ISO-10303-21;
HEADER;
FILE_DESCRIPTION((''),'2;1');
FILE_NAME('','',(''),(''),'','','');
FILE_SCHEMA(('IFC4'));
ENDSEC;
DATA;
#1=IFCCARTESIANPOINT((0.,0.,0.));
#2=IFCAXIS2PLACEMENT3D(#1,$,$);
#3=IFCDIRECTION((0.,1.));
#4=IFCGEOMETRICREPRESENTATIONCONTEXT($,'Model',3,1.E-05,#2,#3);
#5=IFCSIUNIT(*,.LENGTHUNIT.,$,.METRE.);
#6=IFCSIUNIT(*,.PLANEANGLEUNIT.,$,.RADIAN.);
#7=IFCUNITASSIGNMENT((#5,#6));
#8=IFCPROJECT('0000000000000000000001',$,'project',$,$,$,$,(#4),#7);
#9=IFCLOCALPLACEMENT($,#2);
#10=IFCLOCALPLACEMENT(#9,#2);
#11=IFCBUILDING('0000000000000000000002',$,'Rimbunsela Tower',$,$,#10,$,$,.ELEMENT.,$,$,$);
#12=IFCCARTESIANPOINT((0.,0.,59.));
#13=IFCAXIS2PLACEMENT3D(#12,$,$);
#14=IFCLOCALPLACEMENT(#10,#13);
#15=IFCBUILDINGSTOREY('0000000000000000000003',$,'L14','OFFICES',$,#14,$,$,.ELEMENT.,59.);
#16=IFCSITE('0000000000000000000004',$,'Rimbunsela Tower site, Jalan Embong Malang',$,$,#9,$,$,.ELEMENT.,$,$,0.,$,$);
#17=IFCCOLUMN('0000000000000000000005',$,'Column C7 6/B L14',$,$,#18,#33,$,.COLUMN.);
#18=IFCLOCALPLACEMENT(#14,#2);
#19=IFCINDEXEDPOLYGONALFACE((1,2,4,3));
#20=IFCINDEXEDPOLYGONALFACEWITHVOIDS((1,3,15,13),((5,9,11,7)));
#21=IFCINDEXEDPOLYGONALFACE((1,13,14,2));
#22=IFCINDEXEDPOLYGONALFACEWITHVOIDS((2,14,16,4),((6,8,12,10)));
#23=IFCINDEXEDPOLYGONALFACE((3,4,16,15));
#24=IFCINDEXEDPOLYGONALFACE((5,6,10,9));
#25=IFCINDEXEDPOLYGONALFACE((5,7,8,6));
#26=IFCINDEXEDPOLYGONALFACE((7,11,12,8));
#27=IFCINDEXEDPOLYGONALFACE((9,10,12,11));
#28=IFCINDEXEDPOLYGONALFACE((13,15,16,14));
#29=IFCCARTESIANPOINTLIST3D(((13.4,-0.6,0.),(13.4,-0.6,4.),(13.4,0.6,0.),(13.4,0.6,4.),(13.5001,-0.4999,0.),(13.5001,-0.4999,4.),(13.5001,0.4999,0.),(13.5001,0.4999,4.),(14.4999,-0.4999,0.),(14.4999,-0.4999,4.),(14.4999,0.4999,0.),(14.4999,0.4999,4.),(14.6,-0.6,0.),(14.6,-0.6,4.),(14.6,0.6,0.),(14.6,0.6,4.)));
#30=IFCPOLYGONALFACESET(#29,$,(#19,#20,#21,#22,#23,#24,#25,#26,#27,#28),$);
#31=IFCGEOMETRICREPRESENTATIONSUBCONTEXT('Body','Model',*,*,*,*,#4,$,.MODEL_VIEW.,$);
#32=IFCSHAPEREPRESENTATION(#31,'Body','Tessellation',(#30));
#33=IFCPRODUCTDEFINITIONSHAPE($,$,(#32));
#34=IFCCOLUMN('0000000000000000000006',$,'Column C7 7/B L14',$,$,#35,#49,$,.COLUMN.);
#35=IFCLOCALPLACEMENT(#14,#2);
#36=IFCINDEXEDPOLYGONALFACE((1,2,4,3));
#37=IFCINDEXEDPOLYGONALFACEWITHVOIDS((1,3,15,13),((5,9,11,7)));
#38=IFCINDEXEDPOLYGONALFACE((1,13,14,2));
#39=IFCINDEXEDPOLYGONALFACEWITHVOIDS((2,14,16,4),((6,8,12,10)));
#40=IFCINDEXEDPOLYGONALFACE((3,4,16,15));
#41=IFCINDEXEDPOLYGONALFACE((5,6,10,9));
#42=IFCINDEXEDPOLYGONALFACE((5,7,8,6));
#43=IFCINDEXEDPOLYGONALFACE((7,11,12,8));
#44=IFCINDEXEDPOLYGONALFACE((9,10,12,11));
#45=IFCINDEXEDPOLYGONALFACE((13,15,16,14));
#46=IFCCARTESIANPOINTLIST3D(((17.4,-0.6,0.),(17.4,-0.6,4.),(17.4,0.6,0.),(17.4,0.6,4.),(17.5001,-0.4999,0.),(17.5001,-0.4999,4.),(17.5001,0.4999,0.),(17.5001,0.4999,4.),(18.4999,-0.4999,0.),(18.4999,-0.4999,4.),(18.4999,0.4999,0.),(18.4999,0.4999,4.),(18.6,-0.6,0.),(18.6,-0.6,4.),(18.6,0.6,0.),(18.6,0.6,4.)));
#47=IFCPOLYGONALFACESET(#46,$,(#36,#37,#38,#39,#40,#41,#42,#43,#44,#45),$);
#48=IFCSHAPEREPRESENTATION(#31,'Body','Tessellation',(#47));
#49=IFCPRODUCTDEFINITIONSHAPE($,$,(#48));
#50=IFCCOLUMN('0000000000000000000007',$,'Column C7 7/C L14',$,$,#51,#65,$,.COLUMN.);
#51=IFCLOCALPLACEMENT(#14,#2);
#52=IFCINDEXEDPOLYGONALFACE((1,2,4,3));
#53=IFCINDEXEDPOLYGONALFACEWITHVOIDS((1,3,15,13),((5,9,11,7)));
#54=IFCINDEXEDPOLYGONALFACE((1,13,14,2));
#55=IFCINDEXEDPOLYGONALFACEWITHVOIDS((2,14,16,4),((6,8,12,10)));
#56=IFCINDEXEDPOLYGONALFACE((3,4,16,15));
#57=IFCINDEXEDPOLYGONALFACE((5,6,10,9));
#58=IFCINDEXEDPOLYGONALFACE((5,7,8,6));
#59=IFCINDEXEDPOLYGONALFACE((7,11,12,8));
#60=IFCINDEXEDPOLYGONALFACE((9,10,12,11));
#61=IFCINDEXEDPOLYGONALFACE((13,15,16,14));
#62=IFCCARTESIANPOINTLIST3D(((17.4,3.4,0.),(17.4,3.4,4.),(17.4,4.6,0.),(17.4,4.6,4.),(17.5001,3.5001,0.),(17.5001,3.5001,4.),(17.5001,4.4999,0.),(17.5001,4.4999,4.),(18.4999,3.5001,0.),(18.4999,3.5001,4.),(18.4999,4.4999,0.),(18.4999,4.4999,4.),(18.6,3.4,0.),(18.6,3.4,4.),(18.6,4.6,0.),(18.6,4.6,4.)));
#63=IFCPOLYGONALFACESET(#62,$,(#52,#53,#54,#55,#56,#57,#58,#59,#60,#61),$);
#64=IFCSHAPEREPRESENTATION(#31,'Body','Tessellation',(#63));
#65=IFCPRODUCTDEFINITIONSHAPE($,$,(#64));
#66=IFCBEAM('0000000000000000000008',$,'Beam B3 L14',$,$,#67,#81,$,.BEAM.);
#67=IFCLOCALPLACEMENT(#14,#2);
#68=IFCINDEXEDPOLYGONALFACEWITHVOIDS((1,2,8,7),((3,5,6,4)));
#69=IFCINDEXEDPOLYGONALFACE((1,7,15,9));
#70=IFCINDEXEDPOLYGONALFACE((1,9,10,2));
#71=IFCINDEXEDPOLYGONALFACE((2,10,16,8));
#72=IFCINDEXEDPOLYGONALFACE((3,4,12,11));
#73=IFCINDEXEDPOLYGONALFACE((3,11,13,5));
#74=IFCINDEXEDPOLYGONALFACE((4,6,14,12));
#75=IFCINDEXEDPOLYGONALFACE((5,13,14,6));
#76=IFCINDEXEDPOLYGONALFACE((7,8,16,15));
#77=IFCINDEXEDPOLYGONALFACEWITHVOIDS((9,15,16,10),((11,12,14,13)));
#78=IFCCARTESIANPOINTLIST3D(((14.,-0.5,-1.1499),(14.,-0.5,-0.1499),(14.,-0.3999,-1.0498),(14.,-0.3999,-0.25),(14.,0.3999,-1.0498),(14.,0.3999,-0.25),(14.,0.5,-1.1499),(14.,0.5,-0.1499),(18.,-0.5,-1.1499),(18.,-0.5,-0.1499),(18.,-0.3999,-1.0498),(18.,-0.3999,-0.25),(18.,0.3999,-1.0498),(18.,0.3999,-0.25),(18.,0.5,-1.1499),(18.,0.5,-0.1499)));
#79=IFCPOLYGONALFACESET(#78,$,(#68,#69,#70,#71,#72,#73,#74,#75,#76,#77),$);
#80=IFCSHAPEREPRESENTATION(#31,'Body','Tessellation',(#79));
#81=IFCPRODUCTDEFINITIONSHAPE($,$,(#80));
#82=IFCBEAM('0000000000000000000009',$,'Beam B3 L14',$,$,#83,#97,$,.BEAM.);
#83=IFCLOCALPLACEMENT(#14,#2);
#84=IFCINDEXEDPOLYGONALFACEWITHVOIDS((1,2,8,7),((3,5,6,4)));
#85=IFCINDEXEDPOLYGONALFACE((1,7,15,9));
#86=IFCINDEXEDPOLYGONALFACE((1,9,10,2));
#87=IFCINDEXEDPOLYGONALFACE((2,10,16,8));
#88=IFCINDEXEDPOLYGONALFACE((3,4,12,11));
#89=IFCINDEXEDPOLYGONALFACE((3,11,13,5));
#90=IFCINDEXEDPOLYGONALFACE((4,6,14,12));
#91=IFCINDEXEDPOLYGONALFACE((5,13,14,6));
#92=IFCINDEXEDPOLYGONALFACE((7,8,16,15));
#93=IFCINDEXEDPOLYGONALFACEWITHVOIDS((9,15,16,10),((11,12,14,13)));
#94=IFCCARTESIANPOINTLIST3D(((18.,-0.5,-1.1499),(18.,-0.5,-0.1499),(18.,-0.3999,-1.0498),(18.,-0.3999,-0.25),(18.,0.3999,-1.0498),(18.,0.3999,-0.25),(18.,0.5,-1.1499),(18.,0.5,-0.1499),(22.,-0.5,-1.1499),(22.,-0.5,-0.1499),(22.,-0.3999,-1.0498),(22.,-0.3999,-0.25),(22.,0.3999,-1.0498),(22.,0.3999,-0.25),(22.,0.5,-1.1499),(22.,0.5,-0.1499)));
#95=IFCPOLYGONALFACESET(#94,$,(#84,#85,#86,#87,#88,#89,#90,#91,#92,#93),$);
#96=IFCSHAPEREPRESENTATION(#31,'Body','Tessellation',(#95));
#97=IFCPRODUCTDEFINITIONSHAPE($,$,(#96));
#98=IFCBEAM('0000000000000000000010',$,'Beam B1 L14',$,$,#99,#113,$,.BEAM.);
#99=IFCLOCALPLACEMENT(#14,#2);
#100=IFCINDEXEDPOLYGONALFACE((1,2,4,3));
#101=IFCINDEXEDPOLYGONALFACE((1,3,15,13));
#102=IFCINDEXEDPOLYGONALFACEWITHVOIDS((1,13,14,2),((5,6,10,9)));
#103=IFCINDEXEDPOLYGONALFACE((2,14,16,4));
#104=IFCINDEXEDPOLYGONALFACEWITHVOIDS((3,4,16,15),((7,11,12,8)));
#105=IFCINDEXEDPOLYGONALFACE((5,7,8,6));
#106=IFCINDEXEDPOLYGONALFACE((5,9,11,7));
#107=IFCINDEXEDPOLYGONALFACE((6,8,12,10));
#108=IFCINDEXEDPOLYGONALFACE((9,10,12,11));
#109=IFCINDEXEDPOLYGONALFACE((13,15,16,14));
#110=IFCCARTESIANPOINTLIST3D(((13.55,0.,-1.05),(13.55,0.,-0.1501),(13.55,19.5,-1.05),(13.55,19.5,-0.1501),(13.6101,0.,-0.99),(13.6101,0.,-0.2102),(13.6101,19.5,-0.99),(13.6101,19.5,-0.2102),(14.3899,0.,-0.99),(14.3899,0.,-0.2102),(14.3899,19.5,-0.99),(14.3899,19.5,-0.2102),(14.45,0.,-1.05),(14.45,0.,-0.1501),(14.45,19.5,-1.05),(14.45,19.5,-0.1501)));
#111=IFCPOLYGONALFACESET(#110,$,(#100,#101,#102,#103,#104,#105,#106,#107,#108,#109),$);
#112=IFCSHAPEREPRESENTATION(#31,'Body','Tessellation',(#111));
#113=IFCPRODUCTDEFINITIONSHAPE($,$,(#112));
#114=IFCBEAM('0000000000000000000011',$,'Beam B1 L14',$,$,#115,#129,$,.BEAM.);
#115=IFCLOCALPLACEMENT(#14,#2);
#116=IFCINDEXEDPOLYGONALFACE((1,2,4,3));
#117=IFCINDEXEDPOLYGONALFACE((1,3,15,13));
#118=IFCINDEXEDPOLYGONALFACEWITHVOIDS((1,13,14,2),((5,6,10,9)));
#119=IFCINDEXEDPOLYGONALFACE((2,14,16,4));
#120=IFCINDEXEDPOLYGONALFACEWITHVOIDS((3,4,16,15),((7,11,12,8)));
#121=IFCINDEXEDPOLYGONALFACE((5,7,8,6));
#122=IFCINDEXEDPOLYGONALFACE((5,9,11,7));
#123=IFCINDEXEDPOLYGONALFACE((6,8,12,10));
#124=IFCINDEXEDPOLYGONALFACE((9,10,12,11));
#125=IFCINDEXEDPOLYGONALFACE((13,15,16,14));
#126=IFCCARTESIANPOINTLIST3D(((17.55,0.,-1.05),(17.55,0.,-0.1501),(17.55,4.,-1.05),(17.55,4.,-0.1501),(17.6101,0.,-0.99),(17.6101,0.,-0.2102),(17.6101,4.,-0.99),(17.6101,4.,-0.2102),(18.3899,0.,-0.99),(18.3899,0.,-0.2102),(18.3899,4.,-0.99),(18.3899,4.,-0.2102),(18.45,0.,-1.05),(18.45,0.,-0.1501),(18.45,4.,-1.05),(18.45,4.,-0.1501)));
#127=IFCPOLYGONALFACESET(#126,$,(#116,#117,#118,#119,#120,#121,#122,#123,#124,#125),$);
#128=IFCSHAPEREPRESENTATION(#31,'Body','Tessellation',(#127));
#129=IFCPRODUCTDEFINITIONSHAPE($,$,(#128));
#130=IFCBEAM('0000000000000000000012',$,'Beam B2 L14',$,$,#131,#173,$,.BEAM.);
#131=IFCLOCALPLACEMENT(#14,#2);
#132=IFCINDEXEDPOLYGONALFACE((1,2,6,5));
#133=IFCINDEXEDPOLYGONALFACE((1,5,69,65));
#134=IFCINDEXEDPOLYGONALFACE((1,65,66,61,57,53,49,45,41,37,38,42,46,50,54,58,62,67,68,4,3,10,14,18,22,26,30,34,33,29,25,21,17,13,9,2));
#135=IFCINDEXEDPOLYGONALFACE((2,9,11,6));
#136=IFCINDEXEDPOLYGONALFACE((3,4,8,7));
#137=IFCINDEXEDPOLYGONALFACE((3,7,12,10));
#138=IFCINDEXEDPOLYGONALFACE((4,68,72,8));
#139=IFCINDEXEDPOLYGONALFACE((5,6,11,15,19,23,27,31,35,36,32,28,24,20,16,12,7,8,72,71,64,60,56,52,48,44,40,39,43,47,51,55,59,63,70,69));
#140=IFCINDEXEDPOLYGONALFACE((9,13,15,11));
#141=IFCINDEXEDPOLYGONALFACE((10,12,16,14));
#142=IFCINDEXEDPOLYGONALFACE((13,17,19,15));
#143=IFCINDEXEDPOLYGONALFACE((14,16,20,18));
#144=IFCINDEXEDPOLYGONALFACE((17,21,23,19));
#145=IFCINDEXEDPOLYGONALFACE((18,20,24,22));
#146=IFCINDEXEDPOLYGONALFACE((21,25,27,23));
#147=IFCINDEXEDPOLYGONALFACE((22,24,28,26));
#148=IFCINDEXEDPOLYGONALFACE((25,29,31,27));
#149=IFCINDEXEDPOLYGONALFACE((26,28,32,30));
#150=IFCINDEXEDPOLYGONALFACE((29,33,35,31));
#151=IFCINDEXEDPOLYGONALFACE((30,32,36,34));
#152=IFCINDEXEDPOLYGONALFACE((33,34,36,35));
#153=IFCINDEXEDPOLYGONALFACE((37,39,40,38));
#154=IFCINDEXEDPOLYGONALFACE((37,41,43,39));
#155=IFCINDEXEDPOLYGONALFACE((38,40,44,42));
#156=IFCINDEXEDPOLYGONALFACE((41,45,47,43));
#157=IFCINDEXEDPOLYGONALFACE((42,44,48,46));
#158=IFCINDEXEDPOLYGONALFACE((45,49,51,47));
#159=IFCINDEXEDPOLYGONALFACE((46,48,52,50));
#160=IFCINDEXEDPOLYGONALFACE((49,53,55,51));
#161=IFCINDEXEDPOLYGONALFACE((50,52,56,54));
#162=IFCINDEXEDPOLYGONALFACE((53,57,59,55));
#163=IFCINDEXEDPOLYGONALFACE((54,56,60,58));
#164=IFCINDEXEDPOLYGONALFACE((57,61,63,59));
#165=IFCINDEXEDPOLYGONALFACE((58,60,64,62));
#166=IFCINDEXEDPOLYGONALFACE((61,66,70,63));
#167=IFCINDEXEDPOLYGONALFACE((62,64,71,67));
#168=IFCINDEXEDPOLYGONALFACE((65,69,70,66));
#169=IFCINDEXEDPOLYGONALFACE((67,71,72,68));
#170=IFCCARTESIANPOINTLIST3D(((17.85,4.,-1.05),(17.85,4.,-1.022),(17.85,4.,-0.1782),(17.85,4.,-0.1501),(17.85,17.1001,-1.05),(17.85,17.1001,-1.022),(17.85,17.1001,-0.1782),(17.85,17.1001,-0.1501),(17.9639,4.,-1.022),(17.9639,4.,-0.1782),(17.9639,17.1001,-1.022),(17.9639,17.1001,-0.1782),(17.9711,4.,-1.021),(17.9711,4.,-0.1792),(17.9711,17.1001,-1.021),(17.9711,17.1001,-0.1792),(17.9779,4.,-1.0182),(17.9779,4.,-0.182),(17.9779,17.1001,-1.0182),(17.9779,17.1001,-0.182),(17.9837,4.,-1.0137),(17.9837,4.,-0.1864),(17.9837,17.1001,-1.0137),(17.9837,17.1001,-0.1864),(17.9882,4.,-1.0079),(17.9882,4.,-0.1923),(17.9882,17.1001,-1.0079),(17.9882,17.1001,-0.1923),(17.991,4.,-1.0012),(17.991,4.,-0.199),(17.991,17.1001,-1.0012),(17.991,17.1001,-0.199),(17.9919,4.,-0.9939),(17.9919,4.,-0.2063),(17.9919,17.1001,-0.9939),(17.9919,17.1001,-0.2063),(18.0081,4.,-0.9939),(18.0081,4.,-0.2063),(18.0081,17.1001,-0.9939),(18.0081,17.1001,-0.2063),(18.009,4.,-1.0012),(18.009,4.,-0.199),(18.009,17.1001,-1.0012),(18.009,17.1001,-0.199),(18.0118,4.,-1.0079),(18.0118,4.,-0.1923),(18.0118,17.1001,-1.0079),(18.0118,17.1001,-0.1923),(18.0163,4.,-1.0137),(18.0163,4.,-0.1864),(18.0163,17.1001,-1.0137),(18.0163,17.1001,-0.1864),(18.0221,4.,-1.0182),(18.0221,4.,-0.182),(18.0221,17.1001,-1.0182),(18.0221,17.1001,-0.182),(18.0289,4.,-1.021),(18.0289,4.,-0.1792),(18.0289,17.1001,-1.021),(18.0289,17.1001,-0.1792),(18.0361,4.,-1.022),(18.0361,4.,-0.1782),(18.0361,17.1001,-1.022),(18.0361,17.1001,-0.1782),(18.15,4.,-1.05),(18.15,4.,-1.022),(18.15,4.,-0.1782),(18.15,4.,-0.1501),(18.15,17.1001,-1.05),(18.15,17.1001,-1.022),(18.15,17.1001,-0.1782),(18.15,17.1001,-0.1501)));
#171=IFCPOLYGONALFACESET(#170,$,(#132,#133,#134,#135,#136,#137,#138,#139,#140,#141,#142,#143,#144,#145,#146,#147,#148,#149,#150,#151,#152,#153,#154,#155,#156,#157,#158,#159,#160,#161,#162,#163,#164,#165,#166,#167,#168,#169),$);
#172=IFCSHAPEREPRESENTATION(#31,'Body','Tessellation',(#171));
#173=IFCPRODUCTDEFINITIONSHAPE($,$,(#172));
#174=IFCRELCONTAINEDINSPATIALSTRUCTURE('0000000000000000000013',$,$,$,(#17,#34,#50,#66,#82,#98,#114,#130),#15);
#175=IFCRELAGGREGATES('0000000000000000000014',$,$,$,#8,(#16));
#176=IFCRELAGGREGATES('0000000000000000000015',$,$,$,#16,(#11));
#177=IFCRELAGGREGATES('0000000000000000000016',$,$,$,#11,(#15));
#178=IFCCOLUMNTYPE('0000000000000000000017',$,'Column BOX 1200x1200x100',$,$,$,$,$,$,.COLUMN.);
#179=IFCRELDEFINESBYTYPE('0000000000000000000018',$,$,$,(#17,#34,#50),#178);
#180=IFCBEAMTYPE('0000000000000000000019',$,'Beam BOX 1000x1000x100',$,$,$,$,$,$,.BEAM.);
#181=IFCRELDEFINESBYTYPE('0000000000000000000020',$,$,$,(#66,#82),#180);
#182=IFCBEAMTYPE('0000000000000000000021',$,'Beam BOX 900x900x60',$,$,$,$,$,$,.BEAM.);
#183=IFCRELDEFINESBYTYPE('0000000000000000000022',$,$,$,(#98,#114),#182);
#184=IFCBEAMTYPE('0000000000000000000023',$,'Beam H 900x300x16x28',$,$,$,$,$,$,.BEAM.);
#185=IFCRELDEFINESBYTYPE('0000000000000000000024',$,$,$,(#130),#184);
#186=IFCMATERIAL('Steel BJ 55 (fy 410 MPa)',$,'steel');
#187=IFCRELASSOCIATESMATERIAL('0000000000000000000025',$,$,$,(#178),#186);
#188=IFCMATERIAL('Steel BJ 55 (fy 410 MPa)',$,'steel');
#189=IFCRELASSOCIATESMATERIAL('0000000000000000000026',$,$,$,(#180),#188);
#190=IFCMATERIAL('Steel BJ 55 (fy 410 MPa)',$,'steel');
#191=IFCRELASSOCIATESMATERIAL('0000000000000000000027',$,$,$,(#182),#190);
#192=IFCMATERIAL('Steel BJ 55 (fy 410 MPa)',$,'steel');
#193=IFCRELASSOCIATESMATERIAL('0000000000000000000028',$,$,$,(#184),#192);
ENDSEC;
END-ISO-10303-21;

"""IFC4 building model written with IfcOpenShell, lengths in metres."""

from ifc_helpers import new_model, si_unit, direction, frame, origin, origin_2d, place, context, subcontext, project, spatial, hollow_rectangle, i_section, extrude, material, material_profile, profile_set, type_object, element, save


model = new_model("IFC4")

# Units and contexts
model_context = context("Model", 3, precision=1e-05, world=origin(), true_north=direction((0.0, 1.0)))
body_context = subcontext(model_context, "Body", "Model", "MODEL_VIEW")
ifc_project = project(units=[si_unit("LENGTHUNIT", "METRE"), si_unit("PLANEANGLEUNIT", "RADIAN")], contexts=[model_context])

# Site, building, storey
site_placement = place(None, origin())
site = spatial("IfcSite", under=ifc_project, at=site_placement, Name="Rimbunsela Tower site, Jalan Embong Malang", CompositionType="ELEMENT", RefElevation=0.0)
building_placement = place(site_placement, origin())
building = spatial("IfcBuilding", under=site, at=building_placement, Name="Rimbunsela Tower", CompositionType="ELEMENT")
storey_placement = place(building_placement, frame((0.0, 0.0, 59.0)))
storey = spatial("IfcBuildingStorey", under=building, at=storey_placement, Name="L14", Description="OFFICES", CompositionType="ELEMENT", Elevation=59.0)

# Columns
ifc_material_1 = material(Name="Steel BJ 55 (fy 410 MPa)", Category="steel")
ifc_material_profile_1 = material_profile(ifc_material_1, hollow_rectangle(XDim=1.2, YDim=1.2, WallThickness=0.1001, at=origin_2d()), Name="BOX 1200x1200x100")
ifc_profile_set_1 = profile_set([ifc_material_profile_1], Name="Steel BJ 55 (fy 410 MPa)")
column_type = type_object("IfcColumnType", Name="Column BOX 1200x1200x100", PredefinedType="COLUMN", material=ifc_profile_set_1)
for number, where, z_axis, x_axis, name in (
    (1, (14.0, 0.0, 0.0), (0.0, 0.0, 1.0), (1.0, 0.0, 0.0), "Column C7 6/B L14"),
    (2, (18.0, 0.0, 0.0), (0.0, 0.0, 1.0), (1.0, 0.0, 0.0), "Column C7 7/B L14"),
    (3, (18.0, 4.0, 0.0), (0.0, 0.0, 1.0), (1.0, 0.0, 0.0), "Column C7 7/C L14"),
):
    element("IfcColumn", number, at=place(storey_placement, frame(where, z_axis=z_axis, x_axis=x_axis)), inside=storey, type_object=column_type, Name=name, PredefinedType="COLUMN", context=body_context, shape_type="SweptSolid", body=[
        extrude(hollow_rectangle(XDim=1.2, YDim=1.2, WallThickness=0.1001, at=origin_2d()), origin(), (0.0, 0.0, 1.0), 4.0),
    ])

# Beams
ifc_material_2 = material(Name="Steel BJ 55 (fy 410 MPa)", Category="steel")
ifc_material_profile_2 = material_profile(ifc_material_2, hollow_rectangle(XDim=1.0, YDim=1.0, WallThickness=0.1001, at=origin_2d()), Name="BOX 1000x1000x100")
ifc_profile_set_2 = profile_set([ifc_material_profile_2], Name="Steel BJ 55 (fy 410 MPa)")
beam_type_1 = type_object("IfcBeamType", Name="Beam BOX 1000x1000x100", PredefinedType="BEAM", material=ifc_profile_set_2)
for number, where, z_axis, x_axis, name in (
    (4, (14.0, 0.0, -0.6499), (1.0, 0.0, 0.0), (0.0, 1.0, 0.0), "Beam B3 L14"),
    (5, (18.0, 0.0, -0.6499), (1.0, 0.0, 0.0), (0.0, 1.0, 0.0), "Beam B3 L14"),
):
    element("IfcBeam", number, at=place(storey_placement, frame(where, z_axis=z_axis, x_axis=x_axis)), inside=storey, type_object=beam_type_1, Name=name, PredefinedType="BEAM", context=body_context, shape_type="SweptSolid", body=[
        extrude(hollow_rectangle(XDim=1.0, YDim=1.0, WallThickness=0.1001, at=origin_2d()), origin(), (0.0, 0.0, 1.0), 4.0),
    ])
ifc_material_3 = material(Name="Steel BJ 55 (fy 410 MPa)", Category="steel")
ifc_material_profile_3 = material_profile(ifc_material_3, hollow_rectangle(XDim=0.8999, YDim=0.8999, WallThickness=0.0601, at=origin_2d()), Name="BOX 900x900x60")
ifc_profile_set_3 = profile_set([ifc_material_profile_3], Name="Steel BJ 55 (fy 410 MPa)")
beam_type_2 = type_object("IfcBeamType", Name="Beam BOX 900x900x60", PredefinedType="BEAM", material=ifc_profile_set_3)
beam_1_placement = place(storey_placement, frame((14.0, 0.0, -0.6001), z_axis=(0.0, 1.0, 0.0), x_axis=(-1.0, 0.0, 0.0)))
element("IfcBeam", 6, at=beam_1_placement, inside=storey, type_object=beam_type_2, Name="Beam B1 L14", PredefinedType="BEAM", context=body_context, shape_type="SweptSolid", body=[
    extrude(hollow_rectangle(XDim=0.8999, YDim=0.8999, WallThickness=0.0601, at=origin_2d()), origin(), (0.0, 0.0, 1.0), 19.5),
])
beam_2_placement = place(storey_placement, frame((18.0, 0.0, -0.6001), z_axis=(0.0, 1.0, 0.0), x_axis=(-1.0, 0.0, 0.0)))
element("IfcBeam", 7, at=beam_2_placement, inside=storey, type_object=beam_type_2, Name="Beam B1 L14", PredefinedType="BEAM", context=body_context, shape_type="SweptSolid", body=[
    extrude(hollow_rectangle(XDim=0.8999, YDim=0.8999, WallThickness=0.0601, at=origin_2d()), origin(), (0.0, 0.0, 1.0), 4.0),
])
ifc_material_4 = material(Name="Steel BJ 55 (fy 410 MPa)", Category="steel")
ifc_material_profile_4 = material_profile(ifc_material_4, i_section(OverallWidth=0.3, OverallDepth=0.8999, WebThickness=0.0161, FlangeThickness=0.0281, FilletRadius=0.0281, at=origin_2d()), Name="H 900x300x16x28")
ifc_profile_set_4 = profile_set([ifc_material_profile_4], Name="Steel BJ 55 (fy 410 MPa)")
beam_type_3 = type_object("IfcBeamType", Name="Beam H 900x300x16x28", PredefinedType="BEAM", material=ifc_profile_set_4)
beam_3_placement = place(storey_placement, frame((18.0, 4.0, -0.6001), z_axis=(0.0, 1.0, 0.0), x_axis=(-1.0, 0.0, 0.0)))
element("IfcBeam", 8, at=beam_3_placement, inside=storey, type_object=beam_type_3, Name="Beam B2 L14", PredefinedType="BEAM", context=body_context, shape_type="SweptSolid", body=[
    extrude(i_section(OverallWidth=0.3, OverallDepth=0.8999, WebThickness=0.0161, FlangeThickness=0.0281, FilletRadius=0.0281, at=origin_2d()), origin(), (0.0, 0.0, 1.0), 13.1001),
])

save(model, "model.ifc")
